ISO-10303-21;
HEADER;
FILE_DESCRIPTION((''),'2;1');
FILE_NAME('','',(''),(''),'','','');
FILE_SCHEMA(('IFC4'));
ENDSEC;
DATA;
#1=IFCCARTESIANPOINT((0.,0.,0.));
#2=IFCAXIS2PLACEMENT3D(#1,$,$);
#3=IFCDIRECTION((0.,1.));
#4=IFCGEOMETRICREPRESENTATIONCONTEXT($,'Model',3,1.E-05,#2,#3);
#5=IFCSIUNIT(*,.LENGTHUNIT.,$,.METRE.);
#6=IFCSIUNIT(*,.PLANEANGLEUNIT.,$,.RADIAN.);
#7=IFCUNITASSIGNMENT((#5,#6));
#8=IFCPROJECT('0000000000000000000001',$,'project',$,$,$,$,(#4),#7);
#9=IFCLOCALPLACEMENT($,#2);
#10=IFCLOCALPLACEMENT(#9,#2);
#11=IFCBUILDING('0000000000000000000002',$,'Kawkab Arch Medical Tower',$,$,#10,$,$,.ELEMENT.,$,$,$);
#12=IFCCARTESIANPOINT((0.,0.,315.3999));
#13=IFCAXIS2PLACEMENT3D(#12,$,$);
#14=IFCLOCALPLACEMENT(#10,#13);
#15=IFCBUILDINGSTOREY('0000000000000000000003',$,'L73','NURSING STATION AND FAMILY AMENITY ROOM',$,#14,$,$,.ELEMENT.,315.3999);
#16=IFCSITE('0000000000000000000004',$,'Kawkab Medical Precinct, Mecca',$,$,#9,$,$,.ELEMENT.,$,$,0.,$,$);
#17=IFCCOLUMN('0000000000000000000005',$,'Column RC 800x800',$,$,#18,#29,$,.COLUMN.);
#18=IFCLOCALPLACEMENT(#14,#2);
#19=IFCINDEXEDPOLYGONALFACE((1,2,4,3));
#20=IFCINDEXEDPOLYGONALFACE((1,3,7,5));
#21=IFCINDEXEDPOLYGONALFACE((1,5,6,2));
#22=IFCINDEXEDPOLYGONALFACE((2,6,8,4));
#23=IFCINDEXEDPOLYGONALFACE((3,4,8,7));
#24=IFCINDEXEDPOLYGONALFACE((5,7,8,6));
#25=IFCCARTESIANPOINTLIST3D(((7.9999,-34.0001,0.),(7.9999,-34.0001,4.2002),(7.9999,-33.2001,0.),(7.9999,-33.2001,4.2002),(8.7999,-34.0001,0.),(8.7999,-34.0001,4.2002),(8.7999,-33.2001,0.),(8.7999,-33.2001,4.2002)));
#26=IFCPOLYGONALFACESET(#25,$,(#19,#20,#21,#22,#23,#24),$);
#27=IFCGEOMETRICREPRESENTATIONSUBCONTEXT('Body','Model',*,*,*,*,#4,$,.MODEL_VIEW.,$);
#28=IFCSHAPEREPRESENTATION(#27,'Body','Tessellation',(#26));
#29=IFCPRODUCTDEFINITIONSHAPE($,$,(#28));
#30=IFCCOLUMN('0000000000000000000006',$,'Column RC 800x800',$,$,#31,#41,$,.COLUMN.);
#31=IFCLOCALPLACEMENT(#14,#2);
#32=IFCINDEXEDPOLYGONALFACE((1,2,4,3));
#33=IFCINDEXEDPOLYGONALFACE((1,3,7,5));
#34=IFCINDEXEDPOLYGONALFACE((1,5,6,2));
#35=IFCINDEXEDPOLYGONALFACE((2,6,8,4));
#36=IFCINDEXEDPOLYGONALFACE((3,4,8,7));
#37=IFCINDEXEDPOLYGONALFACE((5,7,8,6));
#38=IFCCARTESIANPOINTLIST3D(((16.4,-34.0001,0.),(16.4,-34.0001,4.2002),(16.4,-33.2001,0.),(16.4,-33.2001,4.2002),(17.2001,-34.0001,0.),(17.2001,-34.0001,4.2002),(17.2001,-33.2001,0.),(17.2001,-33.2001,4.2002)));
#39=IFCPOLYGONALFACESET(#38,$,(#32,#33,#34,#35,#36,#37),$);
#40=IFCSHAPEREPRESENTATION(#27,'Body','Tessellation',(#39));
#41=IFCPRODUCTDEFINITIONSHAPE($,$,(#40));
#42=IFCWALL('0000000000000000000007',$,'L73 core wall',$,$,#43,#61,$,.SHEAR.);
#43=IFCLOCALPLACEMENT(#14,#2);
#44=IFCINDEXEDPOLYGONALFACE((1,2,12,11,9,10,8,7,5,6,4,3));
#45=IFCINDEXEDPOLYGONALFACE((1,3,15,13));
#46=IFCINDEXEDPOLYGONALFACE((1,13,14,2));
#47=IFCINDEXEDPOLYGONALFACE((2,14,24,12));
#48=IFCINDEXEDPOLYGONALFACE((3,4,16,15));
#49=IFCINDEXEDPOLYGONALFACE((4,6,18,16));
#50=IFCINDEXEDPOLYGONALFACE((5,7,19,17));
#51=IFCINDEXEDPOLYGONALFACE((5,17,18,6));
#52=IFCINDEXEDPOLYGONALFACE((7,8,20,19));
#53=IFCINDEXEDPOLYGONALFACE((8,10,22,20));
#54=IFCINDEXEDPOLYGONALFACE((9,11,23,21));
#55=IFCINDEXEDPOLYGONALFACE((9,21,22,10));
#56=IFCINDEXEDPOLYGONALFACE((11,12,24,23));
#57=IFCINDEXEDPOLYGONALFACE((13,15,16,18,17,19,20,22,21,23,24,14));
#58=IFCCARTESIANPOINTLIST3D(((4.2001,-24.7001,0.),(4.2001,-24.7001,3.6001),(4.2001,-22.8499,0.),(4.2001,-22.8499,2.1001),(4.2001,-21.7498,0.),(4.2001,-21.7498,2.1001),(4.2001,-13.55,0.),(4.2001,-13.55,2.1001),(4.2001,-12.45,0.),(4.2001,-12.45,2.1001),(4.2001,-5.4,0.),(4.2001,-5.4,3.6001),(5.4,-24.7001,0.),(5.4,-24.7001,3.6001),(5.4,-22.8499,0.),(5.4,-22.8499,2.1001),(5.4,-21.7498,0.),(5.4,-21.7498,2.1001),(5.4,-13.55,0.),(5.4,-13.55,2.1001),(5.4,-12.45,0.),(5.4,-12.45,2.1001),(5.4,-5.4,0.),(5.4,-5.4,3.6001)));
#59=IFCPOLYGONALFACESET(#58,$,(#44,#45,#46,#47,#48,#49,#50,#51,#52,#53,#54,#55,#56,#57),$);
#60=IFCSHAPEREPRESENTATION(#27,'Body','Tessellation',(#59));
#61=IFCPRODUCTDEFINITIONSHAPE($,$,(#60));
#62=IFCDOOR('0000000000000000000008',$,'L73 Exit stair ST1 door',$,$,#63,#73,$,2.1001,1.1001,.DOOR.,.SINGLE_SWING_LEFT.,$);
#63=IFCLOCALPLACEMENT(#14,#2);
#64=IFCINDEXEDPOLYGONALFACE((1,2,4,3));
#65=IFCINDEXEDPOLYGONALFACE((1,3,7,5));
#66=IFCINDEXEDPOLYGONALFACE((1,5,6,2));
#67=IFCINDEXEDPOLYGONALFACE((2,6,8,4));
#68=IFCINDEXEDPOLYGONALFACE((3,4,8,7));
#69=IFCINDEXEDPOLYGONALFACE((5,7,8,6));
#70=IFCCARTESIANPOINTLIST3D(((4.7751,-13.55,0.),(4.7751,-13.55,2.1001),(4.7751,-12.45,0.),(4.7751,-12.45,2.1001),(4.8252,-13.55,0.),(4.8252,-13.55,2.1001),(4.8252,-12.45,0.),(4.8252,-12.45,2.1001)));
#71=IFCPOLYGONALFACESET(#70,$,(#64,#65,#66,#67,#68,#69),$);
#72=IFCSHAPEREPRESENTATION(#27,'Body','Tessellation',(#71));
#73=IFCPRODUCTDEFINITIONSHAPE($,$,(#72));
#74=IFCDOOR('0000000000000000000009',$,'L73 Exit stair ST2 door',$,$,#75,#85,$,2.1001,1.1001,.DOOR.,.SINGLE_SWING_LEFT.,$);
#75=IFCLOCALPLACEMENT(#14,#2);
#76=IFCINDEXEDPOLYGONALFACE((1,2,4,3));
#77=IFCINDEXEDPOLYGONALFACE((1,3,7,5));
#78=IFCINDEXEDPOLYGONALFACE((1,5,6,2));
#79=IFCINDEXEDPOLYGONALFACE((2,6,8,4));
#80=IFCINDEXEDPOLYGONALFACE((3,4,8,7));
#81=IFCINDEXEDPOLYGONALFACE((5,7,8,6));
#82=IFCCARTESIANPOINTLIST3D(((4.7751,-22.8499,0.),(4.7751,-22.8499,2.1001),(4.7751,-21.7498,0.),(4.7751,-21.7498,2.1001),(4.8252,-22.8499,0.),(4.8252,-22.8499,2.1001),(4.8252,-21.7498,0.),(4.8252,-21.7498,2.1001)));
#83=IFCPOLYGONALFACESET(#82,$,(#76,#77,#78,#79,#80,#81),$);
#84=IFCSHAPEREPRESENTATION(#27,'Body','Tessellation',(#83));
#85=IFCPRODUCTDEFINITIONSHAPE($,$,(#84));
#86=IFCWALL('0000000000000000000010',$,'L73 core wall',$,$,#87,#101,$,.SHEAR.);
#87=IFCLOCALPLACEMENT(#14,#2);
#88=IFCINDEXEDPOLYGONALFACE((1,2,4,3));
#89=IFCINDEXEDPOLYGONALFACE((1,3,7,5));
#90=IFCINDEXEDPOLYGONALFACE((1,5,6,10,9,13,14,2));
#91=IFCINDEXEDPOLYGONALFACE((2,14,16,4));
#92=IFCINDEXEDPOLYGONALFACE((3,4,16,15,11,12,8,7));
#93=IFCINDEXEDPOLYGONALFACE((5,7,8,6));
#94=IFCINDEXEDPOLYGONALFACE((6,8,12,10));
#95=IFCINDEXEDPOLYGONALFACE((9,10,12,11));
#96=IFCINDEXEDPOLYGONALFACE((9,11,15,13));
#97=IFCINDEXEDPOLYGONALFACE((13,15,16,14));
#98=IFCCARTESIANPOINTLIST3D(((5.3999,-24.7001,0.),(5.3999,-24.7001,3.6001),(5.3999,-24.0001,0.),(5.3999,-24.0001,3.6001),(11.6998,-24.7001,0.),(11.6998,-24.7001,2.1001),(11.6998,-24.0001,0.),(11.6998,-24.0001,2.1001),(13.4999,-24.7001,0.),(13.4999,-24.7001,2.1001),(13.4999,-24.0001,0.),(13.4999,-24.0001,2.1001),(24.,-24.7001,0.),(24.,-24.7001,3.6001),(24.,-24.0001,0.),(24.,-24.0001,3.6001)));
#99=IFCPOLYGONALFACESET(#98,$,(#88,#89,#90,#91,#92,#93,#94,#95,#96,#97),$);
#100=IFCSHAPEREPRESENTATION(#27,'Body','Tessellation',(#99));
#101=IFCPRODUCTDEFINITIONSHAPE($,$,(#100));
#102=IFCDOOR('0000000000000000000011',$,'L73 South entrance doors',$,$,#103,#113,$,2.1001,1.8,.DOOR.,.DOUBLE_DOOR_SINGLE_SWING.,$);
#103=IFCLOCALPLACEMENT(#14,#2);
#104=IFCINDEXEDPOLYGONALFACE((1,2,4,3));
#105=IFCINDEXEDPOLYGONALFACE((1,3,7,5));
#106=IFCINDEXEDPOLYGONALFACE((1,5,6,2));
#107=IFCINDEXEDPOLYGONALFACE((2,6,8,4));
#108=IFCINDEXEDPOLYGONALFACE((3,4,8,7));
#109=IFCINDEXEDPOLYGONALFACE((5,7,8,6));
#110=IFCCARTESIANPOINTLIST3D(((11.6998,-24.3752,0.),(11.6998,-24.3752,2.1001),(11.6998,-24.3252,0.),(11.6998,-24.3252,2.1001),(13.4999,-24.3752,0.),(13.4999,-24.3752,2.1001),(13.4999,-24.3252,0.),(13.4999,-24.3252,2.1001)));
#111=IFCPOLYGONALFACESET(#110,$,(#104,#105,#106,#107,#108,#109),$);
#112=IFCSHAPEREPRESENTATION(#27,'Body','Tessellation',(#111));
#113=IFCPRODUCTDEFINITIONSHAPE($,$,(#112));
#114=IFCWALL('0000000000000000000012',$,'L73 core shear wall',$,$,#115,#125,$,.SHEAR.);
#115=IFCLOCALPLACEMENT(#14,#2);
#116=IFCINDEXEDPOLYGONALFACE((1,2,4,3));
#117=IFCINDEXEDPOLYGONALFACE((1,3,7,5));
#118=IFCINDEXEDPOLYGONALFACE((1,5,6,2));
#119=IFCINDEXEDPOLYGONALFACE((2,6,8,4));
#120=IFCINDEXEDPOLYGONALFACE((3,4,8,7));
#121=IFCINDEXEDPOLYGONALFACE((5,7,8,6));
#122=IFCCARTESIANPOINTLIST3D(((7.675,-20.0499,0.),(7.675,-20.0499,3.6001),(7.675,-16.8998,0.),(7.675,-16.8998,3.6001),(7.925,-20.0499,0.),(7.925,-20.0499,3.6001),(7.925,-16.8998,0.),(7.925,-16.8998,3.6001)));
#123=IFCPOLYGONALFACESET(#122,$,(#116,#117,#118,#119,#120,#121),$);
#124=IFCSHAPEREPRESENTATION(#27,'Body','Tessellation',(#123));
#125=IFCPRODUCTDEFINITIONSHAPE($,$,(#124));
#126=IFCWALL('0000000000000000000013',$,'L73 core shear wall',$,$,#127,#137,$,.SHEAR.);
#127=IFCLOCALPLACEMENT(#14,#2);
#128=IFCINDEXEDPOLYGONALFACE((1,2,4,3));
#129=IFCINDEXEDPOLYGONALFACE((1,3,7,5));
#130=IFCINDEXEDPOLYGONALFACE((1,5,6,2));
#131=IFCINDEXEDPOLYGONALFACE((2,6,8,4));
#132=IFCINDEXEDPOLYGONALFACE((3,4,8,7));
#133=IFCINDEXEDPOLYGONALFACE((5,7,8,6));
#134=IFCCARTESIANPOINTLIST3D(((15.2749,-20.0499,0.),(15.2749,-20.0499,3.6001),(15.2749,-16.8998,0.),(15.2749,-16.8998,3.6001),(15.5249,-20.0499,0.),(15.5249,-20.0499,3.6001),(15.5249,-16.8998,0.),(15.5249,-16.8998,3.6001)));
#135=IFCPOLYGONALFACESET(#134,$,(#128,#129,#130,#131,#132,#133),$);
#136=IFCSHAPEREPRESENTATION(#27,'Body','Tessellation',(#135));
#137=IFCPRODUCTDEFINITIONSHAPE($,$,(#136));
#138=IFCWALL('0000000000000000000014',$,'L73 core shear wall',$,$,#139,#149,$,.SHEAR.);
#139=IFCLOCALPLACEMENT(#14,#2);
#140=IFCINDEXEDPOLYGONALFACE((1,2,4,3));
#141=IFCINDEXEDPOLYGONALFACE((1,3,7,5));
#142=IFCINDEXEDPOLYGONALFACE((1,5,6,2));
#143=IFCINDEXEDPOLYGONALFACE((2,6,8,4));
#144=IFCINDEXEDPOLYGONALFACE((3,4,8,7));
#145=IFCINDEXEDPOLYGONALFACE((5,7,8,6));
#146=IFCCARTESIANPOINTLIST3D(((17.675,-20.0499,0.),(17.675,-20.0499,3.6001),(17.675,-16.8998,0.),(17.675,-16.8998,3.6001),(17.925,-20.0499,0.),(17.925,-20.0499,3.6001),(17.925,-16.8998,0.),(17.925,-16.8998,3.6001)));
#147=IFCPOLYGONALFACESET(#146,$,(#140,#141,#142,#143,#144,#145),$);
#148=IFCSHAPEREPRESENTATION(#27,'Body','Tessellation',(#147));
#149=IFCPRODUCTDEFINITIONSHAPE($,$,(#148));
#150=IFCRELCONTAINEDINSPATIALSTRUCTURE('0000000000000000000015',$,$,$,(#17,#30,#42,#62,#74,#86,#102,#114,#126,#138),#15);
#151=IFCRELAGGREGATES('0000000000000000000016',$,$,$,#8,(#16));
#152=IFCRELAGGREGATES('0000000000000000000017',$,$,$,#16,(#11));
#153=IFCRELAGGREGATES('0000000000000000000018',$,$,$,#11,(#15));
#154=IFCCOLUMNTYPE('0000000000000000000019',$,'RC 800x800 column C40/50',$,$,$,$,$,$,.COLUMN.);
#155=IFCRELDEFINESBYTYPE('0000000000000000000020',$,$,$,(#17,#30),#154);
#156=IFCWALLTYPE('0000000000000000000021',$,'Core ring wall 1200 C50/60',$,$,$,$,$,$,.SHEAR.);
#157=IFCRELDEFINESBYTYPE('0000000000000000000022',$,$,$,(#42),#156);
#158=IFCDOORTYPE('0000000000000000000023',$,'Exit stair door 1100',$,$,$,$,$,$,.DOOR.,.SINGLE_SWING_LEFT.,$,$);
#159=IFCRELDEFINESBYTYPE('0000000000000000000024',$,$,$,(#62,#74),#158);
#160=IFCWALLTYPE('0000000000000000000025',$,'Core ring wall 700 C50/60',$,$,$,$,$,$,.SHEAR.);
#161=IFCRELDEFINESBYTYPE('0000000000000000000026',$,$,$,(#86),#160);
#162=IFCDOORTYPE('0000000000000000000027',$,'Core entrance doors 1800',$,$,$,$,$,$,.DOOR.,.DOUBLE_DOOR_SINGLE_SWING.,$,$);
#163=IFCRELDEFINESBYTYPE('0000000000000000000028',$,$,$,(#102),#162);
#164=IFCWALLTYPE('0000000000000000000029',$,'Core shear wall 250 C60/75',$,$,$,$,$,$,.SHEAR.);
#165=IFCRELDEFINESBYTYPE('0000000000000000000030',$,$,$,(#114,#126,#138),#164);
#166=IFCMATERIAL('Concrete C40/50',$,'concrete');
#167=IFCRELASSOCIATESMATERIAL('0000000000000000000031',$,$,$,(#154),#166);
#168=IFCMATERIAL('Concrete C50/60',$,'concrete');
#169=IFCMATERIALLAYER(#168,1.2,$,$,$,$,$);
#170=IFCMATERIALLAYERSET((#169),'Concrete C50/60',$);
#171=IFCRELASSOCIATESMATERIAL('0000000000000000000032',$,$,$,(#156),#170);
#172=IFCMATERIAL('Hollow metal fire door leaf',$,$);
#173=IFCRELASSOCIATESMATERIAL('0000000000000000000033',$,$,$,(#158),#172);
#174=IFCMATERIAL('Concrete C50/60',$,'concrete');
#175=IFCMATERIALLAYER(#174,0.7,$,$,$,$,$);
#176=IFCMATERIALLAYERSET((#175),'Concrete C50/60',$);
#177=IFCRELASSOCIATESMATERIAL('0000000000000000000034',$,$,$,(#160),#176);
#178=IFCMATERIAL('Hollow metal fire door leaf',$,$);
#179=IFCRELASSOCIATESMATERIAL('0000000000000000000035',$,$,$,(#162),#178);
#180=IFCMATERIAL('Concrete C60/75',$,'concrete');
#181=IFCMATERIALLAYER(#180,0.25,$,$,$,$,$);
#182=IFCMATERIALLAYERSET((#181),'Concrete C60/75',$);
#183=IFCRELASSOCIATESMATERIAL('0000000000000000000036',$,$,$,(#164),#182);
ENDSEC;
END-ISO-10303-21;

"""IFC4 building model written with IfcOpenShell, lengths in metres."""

from ifc_helpers import new_model, si_unit, direction, frame, frame_2d, origin, origin_2d, place, context, subcontext, project, spatial, rectangle, extrude, material, layer, layer_set, material_profile, profile_set, type_object, element, fill, save


model = new_model("IFC4")

# Units and contexts
model_context = context("Model", 3, precision=1e-05, world=origin(), true_north=direction((0.0, 1.0)))
body_context = subcontext(model_context, "Body", "Model", "MODEL_VIEW")
ifc_project = project(units=[si_unit("LENGTHUNIT", "METRE"), si_unit("PLANEANGLEUNIT", "RADIAN")], contexts=[model_context])

# Site, building, storey
site_placement = place(None, origin())
site = spatial("IfcSite", under=ifc_project, at=site_placement, Name="Kawkab Medical Precinct, Mecca", CompositionType="ELEMENT", RefElevation=0.0)
building_placement = place(site_placement, origin())
building = spatial("IfcBuilding", under=site, at=building_placement, Name="Kawkab Arch Medical Tower", CompositionType="ELEMENT")
storey_placement = place(building_placement, frame((0.0, 0.0, 315.3999)))
storey = spatial("IfcBuildingStorey", under=building, at=storey_placement, Name="L73", Description="NURSING STATION AND FAMILY AMENITY ROOM", CompositionType="ELEMENT", Elevation=315.3999)

# Columns
ifc_material_1 = material(Name="Concrete C40/50", Category="concrete")
ifc_material_profile = material_profile(ifc_material_1, rectangle(XDim=0.8, YDim=0.8, at=origin_2d()), Name="RC 800x800")
ifc_profile_set = profile_set([ifc_material_profile], Name="Concrete C40/50")
column_type = type_object("IfcColumnType", Name="RC 800x800 column C40/50", PredefinedType="COLUMN", material=ifc_profile_set)
for number, where, z_axis, x_axis, name in (
    (1, (8.3999, -33.6001, 0.0), (0.0, 0.0, 1.0), (1.0, 0.0, 0.0), "Column RC 800x800"),
    (2, (16.8, -33.6001, 0.0), (0.0, 0.0, 1.0), (1.0, 0.0, 0.0), "Column RC 800x800"),
):
    element("IfcColumn", number, at=place(storey_placement, frame(where, z_axis=z_axis, x_axis=x_axis)), inside=storey, type_object=column_type, Name=name, PredefinedType="COLUMN", context=body_context, shape_type="SweptSolid", body=[
        extrude(rectangle(XDim=0.8, YDim=0.8, at=origin_2d()), origin(), (0.0, 0.0, 1.0), 4.2002),
    ])

# Wall, openings, doors
ifc_material_2 = material(Name="Concrete C50/60", Category="concrete")
ifc_layer_1 = layer(ifc_material_2, 1.2)
ifc_layer_set_1 = layer_set([ifc_layer_1], Name="Concrete C50/60")
wall_type_1 = type_object("IfcWallType", Name="Core ring wall 1200 C50/60", PredefinedType="SHEAR", material=ifc_layer_set_1)
wall_1_placement = place(storey_placement, frame((4.8, -24.7, 0.0), z_axis=(0.0, 0.0, 1.0), x_axis=(0.0, 1.0, 0.0)))
wall_1 = element("IfcWall", 3, at=wall_1_placement, inside=storey, type_object=wall_type_1, Name="L73 core wall", PredefinedType="SHEAR", context=body_context, shape_type="SweptSolid", body=[
    extrude(rectangle(XDim=19.3, YDim=1.2, at=frame_2d((9.6499, 0.0))), origin(), (0.0, 0.0, 1.0), 3.6001),
])
opening_1_placement = place(wall_1_placement, frame((11.1499, 0.0, 0.0)))
opening_1 = element("IfcOpeningElement", 4, at=opening_1_placement, cuts=wall_1, PredefinedType="OPENING", context=body_context, shape_type="SweptSolid", body=[
    extrude(rectangle(XDim=1.1001, YDim=2.1001, at=frame_2d((0.55, 1.05))), frame((0.0, 0.6099, 0.0), z_axis=(0.0, -1.0, 0.0), x_axis=(1.0, 0.0, 0.0)), (0.0, 0.0, 1.0), 1.22),
])
opening_2_placement = place(wall_1_placement, frame((1.8501, 0.0, 0.0)))
opening_2 = element("IfcOpeningElement", 5, at=opening_2_placement, cuts=wall_1, PredefinedType="OPENING", context=body_context, shape_type="SweptSolid", body=[
    extrude(rectangle(XDim=1.1001, YDim=2.1001, at=frame_2d((0.55, 1.05))), frame((0.0, 0.6099, 0.0), z_axis=(0.0, -1.0, 0.0), x_axis=(1.0, 0.0, 0.0)), (0.0, 0.0, 1.0), 1.22),
])
ifc_material_3 = material(Name="Hollow metal fire door leaf")
door_type_1 = type_object("IfcDoorType", Name="Exit stair door 1100", OperationType="SINGLE_SWING_LEFT", PredefinedType="DOOR", material=ifc_material_3)
door_1_placement = place(opening_1_placement, origin())
door_1 = element("IfcDoor", 6, at=door_1_placement, inside=storey, type_object=door_type_1, Name="L73 Exit stair ST1 door", OperationType="SINGLE_SWING_LEFT", OverallHeight=2.1001, OverallWidth=1.1001, PredefinedType="DOOR", context=body_context, shape_type="SweptSolid", body=[
    extrude(rectangle(XDim=1.1001, YDim=2.1001, at=frame_2d((0.55, 1.05))), frame((0.0, 0.0249, 0.0), z_axis=(0.0, -1.0, 0.0), x_axis=(1.0, 0.0, 0.0)), (0.0, 0.0, 1.0), 0.05),
])
fill(opening_1, door_1)
door_2_placement = place(opening_2_placement, origin())
door_2 = element("IfcDoor", 7, at=door_2_placement, inside=storey, type_object=door_type_1, Name="L73 Exit stair ST2 door", OperationType="SINGLE_SWING_LEFT", OverallHeight=2.1001, OverallWidth=1.1001, PredefinedType="DOOR", context=body_context, shape_type="SweptSolid", body=[
    extrude(rectangle(XDim=1.1001, YDim=2.1001, at=frame_2d((0.55, 1.05))), frame((0.0, 0.0249, 0.0), z_axis=(0.0, -1.0, 0.0), x_axis=(1.0, 0.0, 0.0)), (0.0, 0.0, 1.0), 0.05),
])
fill(opening_2, door_2)

# Wall, opening, door
ifc_material_4 = material(Name="Concrete C50/60", Category="concrete")
ifc_layer_2 = layer(ifc_material_4, 0.7)
ifc_layer_set_2 = layer_set([ifc_layer_2], Name="Concrete C50/60")
wall_type_2 = type_object("IfcWallType", Name="Core ring wall 700 C50/60", PredefinedType="SHEAR", material=ifc_layer_set_2)
wall_2_placement = place(storey_placement, frame((5.3999, -24.3501, 0.0), z_axis=(0.0, 0.0, 1.0), x_axis=(1.0, 0.0, 0.0)))
wall_2 = element("IfcWall", 8, at=wall_2_placement, inside=storey, type_object=wall_type_2, Name="L73 core wall", PredefinedType="SHEAR", context=body_context, shape_type="SweptSolid", body=[
    extrude(rectangle(XDim=18.6001, YDim=0.7, at=frame_2d((9.3, 0.0))), origin(), (0.0, 0.0, 1.0), 3.6001),
])
opening_3_placement = place(wall_2_placement, frame((6.3, 0.0, 0.0)))
opening_3 = element("IfcOpeningElement", 9, at=opening_3_placement, cuts=wall_2, PredefinedType="OPENING", context=body_context, shape_type="SweptSolid", body=[
    extrude(rectangle(XDim=1.8, YDim=2.1001, at=frame_2d((0.8999, 1.05))), frame((0.0, 0.3599, 0.0), z_axis=(0.0, -1.0, 0.0), x_axis=(1.0, 0.0, 0.0)), (0.0, 0.0, 1.0), 0.72),
])
ifc_material_5 = material(Name="Hollow metal fire door leaf")
door_type_2 = type_object("IfcDoorType", Name="Core entrance doors 1800", OperationType="DOUBLE_DOOR_SINGLE_SWING", PredefinedType="DOOR", material=ifc_material_5)
door_3_placement = place(opening_3_placement, origin())
door_3 = element("IfcDoor", 10, at=door_3_placement, inside=storey, type_object=door_type_2, Name="L73 South entrance doors", OperationType="DOUBLE_DOOR_SINGLE_SWING", OverallHeight=2.1001, OverallWidth=1.8, PredefinedType="DOOR", context=body_context, shape_type="SweptSolid", body=[
    extrude(rectangle(XDim=1.8, YDim=2.1001, at=frame_2d((0.8999, 1.05))), frame((0.0, 0.0249, 0.0), z_axis=(0.0, -1.0, 0.0), x_axis=(1.0, 0.0, 0.0)), (0.0, 0.0, 1.0), 0.05),
])
fill(opening_3, door_3)

# Walls
ifc_material_6 = material(Name="Concrete C60/75", Category="concrete")
ifc_layer_3 = layer(ifc_material_6, 0.25)
ifc_layer_set_3 = layer_set([ifc_layer_3], Name="Concrete C60/75")
wall_type_3 = type_object("IfcWallType", Name="Core shear wall 250 C60/75", PredefinedType="SHEAR", material=ifc_layer_set_3)
for number, where, z_axis, x_axis, name in (
    (11, (7.8, -20.05, 0.0), (0.0, 0.0, 1.0), (0.0, 1.0, 0.0), "L73 core shear wall"),
    (12, (15.3999, -20.05, 0.0), (0.0, 0.0, 1.0), (0.0, 1.0, 0.0), "L73 core shear wall"),
    (13, (17.8, -20.05, 0.0), (0.0, 0.0, 1.0), (0.0, 1.0, 0.0), "L73 core shear wall"),
):
    element("IfcWall", number, at=place(storey_placement, frame(where, z_axis=z_axis, x_axis=x_axis)), inside=storey, type_object=wall_type_3, Name=name, PredefinedType="SHEAR", context=body_context, shape_type="SweptSolid", body=[
        extrude(rectangle(XDim=3.1501, YDim=0.25, at=frame_2d((1.5752, 0.0))), origin(), (0.0, 0.0, 1.0), 3.6001),
    ])

save(model, "model.ifc")
